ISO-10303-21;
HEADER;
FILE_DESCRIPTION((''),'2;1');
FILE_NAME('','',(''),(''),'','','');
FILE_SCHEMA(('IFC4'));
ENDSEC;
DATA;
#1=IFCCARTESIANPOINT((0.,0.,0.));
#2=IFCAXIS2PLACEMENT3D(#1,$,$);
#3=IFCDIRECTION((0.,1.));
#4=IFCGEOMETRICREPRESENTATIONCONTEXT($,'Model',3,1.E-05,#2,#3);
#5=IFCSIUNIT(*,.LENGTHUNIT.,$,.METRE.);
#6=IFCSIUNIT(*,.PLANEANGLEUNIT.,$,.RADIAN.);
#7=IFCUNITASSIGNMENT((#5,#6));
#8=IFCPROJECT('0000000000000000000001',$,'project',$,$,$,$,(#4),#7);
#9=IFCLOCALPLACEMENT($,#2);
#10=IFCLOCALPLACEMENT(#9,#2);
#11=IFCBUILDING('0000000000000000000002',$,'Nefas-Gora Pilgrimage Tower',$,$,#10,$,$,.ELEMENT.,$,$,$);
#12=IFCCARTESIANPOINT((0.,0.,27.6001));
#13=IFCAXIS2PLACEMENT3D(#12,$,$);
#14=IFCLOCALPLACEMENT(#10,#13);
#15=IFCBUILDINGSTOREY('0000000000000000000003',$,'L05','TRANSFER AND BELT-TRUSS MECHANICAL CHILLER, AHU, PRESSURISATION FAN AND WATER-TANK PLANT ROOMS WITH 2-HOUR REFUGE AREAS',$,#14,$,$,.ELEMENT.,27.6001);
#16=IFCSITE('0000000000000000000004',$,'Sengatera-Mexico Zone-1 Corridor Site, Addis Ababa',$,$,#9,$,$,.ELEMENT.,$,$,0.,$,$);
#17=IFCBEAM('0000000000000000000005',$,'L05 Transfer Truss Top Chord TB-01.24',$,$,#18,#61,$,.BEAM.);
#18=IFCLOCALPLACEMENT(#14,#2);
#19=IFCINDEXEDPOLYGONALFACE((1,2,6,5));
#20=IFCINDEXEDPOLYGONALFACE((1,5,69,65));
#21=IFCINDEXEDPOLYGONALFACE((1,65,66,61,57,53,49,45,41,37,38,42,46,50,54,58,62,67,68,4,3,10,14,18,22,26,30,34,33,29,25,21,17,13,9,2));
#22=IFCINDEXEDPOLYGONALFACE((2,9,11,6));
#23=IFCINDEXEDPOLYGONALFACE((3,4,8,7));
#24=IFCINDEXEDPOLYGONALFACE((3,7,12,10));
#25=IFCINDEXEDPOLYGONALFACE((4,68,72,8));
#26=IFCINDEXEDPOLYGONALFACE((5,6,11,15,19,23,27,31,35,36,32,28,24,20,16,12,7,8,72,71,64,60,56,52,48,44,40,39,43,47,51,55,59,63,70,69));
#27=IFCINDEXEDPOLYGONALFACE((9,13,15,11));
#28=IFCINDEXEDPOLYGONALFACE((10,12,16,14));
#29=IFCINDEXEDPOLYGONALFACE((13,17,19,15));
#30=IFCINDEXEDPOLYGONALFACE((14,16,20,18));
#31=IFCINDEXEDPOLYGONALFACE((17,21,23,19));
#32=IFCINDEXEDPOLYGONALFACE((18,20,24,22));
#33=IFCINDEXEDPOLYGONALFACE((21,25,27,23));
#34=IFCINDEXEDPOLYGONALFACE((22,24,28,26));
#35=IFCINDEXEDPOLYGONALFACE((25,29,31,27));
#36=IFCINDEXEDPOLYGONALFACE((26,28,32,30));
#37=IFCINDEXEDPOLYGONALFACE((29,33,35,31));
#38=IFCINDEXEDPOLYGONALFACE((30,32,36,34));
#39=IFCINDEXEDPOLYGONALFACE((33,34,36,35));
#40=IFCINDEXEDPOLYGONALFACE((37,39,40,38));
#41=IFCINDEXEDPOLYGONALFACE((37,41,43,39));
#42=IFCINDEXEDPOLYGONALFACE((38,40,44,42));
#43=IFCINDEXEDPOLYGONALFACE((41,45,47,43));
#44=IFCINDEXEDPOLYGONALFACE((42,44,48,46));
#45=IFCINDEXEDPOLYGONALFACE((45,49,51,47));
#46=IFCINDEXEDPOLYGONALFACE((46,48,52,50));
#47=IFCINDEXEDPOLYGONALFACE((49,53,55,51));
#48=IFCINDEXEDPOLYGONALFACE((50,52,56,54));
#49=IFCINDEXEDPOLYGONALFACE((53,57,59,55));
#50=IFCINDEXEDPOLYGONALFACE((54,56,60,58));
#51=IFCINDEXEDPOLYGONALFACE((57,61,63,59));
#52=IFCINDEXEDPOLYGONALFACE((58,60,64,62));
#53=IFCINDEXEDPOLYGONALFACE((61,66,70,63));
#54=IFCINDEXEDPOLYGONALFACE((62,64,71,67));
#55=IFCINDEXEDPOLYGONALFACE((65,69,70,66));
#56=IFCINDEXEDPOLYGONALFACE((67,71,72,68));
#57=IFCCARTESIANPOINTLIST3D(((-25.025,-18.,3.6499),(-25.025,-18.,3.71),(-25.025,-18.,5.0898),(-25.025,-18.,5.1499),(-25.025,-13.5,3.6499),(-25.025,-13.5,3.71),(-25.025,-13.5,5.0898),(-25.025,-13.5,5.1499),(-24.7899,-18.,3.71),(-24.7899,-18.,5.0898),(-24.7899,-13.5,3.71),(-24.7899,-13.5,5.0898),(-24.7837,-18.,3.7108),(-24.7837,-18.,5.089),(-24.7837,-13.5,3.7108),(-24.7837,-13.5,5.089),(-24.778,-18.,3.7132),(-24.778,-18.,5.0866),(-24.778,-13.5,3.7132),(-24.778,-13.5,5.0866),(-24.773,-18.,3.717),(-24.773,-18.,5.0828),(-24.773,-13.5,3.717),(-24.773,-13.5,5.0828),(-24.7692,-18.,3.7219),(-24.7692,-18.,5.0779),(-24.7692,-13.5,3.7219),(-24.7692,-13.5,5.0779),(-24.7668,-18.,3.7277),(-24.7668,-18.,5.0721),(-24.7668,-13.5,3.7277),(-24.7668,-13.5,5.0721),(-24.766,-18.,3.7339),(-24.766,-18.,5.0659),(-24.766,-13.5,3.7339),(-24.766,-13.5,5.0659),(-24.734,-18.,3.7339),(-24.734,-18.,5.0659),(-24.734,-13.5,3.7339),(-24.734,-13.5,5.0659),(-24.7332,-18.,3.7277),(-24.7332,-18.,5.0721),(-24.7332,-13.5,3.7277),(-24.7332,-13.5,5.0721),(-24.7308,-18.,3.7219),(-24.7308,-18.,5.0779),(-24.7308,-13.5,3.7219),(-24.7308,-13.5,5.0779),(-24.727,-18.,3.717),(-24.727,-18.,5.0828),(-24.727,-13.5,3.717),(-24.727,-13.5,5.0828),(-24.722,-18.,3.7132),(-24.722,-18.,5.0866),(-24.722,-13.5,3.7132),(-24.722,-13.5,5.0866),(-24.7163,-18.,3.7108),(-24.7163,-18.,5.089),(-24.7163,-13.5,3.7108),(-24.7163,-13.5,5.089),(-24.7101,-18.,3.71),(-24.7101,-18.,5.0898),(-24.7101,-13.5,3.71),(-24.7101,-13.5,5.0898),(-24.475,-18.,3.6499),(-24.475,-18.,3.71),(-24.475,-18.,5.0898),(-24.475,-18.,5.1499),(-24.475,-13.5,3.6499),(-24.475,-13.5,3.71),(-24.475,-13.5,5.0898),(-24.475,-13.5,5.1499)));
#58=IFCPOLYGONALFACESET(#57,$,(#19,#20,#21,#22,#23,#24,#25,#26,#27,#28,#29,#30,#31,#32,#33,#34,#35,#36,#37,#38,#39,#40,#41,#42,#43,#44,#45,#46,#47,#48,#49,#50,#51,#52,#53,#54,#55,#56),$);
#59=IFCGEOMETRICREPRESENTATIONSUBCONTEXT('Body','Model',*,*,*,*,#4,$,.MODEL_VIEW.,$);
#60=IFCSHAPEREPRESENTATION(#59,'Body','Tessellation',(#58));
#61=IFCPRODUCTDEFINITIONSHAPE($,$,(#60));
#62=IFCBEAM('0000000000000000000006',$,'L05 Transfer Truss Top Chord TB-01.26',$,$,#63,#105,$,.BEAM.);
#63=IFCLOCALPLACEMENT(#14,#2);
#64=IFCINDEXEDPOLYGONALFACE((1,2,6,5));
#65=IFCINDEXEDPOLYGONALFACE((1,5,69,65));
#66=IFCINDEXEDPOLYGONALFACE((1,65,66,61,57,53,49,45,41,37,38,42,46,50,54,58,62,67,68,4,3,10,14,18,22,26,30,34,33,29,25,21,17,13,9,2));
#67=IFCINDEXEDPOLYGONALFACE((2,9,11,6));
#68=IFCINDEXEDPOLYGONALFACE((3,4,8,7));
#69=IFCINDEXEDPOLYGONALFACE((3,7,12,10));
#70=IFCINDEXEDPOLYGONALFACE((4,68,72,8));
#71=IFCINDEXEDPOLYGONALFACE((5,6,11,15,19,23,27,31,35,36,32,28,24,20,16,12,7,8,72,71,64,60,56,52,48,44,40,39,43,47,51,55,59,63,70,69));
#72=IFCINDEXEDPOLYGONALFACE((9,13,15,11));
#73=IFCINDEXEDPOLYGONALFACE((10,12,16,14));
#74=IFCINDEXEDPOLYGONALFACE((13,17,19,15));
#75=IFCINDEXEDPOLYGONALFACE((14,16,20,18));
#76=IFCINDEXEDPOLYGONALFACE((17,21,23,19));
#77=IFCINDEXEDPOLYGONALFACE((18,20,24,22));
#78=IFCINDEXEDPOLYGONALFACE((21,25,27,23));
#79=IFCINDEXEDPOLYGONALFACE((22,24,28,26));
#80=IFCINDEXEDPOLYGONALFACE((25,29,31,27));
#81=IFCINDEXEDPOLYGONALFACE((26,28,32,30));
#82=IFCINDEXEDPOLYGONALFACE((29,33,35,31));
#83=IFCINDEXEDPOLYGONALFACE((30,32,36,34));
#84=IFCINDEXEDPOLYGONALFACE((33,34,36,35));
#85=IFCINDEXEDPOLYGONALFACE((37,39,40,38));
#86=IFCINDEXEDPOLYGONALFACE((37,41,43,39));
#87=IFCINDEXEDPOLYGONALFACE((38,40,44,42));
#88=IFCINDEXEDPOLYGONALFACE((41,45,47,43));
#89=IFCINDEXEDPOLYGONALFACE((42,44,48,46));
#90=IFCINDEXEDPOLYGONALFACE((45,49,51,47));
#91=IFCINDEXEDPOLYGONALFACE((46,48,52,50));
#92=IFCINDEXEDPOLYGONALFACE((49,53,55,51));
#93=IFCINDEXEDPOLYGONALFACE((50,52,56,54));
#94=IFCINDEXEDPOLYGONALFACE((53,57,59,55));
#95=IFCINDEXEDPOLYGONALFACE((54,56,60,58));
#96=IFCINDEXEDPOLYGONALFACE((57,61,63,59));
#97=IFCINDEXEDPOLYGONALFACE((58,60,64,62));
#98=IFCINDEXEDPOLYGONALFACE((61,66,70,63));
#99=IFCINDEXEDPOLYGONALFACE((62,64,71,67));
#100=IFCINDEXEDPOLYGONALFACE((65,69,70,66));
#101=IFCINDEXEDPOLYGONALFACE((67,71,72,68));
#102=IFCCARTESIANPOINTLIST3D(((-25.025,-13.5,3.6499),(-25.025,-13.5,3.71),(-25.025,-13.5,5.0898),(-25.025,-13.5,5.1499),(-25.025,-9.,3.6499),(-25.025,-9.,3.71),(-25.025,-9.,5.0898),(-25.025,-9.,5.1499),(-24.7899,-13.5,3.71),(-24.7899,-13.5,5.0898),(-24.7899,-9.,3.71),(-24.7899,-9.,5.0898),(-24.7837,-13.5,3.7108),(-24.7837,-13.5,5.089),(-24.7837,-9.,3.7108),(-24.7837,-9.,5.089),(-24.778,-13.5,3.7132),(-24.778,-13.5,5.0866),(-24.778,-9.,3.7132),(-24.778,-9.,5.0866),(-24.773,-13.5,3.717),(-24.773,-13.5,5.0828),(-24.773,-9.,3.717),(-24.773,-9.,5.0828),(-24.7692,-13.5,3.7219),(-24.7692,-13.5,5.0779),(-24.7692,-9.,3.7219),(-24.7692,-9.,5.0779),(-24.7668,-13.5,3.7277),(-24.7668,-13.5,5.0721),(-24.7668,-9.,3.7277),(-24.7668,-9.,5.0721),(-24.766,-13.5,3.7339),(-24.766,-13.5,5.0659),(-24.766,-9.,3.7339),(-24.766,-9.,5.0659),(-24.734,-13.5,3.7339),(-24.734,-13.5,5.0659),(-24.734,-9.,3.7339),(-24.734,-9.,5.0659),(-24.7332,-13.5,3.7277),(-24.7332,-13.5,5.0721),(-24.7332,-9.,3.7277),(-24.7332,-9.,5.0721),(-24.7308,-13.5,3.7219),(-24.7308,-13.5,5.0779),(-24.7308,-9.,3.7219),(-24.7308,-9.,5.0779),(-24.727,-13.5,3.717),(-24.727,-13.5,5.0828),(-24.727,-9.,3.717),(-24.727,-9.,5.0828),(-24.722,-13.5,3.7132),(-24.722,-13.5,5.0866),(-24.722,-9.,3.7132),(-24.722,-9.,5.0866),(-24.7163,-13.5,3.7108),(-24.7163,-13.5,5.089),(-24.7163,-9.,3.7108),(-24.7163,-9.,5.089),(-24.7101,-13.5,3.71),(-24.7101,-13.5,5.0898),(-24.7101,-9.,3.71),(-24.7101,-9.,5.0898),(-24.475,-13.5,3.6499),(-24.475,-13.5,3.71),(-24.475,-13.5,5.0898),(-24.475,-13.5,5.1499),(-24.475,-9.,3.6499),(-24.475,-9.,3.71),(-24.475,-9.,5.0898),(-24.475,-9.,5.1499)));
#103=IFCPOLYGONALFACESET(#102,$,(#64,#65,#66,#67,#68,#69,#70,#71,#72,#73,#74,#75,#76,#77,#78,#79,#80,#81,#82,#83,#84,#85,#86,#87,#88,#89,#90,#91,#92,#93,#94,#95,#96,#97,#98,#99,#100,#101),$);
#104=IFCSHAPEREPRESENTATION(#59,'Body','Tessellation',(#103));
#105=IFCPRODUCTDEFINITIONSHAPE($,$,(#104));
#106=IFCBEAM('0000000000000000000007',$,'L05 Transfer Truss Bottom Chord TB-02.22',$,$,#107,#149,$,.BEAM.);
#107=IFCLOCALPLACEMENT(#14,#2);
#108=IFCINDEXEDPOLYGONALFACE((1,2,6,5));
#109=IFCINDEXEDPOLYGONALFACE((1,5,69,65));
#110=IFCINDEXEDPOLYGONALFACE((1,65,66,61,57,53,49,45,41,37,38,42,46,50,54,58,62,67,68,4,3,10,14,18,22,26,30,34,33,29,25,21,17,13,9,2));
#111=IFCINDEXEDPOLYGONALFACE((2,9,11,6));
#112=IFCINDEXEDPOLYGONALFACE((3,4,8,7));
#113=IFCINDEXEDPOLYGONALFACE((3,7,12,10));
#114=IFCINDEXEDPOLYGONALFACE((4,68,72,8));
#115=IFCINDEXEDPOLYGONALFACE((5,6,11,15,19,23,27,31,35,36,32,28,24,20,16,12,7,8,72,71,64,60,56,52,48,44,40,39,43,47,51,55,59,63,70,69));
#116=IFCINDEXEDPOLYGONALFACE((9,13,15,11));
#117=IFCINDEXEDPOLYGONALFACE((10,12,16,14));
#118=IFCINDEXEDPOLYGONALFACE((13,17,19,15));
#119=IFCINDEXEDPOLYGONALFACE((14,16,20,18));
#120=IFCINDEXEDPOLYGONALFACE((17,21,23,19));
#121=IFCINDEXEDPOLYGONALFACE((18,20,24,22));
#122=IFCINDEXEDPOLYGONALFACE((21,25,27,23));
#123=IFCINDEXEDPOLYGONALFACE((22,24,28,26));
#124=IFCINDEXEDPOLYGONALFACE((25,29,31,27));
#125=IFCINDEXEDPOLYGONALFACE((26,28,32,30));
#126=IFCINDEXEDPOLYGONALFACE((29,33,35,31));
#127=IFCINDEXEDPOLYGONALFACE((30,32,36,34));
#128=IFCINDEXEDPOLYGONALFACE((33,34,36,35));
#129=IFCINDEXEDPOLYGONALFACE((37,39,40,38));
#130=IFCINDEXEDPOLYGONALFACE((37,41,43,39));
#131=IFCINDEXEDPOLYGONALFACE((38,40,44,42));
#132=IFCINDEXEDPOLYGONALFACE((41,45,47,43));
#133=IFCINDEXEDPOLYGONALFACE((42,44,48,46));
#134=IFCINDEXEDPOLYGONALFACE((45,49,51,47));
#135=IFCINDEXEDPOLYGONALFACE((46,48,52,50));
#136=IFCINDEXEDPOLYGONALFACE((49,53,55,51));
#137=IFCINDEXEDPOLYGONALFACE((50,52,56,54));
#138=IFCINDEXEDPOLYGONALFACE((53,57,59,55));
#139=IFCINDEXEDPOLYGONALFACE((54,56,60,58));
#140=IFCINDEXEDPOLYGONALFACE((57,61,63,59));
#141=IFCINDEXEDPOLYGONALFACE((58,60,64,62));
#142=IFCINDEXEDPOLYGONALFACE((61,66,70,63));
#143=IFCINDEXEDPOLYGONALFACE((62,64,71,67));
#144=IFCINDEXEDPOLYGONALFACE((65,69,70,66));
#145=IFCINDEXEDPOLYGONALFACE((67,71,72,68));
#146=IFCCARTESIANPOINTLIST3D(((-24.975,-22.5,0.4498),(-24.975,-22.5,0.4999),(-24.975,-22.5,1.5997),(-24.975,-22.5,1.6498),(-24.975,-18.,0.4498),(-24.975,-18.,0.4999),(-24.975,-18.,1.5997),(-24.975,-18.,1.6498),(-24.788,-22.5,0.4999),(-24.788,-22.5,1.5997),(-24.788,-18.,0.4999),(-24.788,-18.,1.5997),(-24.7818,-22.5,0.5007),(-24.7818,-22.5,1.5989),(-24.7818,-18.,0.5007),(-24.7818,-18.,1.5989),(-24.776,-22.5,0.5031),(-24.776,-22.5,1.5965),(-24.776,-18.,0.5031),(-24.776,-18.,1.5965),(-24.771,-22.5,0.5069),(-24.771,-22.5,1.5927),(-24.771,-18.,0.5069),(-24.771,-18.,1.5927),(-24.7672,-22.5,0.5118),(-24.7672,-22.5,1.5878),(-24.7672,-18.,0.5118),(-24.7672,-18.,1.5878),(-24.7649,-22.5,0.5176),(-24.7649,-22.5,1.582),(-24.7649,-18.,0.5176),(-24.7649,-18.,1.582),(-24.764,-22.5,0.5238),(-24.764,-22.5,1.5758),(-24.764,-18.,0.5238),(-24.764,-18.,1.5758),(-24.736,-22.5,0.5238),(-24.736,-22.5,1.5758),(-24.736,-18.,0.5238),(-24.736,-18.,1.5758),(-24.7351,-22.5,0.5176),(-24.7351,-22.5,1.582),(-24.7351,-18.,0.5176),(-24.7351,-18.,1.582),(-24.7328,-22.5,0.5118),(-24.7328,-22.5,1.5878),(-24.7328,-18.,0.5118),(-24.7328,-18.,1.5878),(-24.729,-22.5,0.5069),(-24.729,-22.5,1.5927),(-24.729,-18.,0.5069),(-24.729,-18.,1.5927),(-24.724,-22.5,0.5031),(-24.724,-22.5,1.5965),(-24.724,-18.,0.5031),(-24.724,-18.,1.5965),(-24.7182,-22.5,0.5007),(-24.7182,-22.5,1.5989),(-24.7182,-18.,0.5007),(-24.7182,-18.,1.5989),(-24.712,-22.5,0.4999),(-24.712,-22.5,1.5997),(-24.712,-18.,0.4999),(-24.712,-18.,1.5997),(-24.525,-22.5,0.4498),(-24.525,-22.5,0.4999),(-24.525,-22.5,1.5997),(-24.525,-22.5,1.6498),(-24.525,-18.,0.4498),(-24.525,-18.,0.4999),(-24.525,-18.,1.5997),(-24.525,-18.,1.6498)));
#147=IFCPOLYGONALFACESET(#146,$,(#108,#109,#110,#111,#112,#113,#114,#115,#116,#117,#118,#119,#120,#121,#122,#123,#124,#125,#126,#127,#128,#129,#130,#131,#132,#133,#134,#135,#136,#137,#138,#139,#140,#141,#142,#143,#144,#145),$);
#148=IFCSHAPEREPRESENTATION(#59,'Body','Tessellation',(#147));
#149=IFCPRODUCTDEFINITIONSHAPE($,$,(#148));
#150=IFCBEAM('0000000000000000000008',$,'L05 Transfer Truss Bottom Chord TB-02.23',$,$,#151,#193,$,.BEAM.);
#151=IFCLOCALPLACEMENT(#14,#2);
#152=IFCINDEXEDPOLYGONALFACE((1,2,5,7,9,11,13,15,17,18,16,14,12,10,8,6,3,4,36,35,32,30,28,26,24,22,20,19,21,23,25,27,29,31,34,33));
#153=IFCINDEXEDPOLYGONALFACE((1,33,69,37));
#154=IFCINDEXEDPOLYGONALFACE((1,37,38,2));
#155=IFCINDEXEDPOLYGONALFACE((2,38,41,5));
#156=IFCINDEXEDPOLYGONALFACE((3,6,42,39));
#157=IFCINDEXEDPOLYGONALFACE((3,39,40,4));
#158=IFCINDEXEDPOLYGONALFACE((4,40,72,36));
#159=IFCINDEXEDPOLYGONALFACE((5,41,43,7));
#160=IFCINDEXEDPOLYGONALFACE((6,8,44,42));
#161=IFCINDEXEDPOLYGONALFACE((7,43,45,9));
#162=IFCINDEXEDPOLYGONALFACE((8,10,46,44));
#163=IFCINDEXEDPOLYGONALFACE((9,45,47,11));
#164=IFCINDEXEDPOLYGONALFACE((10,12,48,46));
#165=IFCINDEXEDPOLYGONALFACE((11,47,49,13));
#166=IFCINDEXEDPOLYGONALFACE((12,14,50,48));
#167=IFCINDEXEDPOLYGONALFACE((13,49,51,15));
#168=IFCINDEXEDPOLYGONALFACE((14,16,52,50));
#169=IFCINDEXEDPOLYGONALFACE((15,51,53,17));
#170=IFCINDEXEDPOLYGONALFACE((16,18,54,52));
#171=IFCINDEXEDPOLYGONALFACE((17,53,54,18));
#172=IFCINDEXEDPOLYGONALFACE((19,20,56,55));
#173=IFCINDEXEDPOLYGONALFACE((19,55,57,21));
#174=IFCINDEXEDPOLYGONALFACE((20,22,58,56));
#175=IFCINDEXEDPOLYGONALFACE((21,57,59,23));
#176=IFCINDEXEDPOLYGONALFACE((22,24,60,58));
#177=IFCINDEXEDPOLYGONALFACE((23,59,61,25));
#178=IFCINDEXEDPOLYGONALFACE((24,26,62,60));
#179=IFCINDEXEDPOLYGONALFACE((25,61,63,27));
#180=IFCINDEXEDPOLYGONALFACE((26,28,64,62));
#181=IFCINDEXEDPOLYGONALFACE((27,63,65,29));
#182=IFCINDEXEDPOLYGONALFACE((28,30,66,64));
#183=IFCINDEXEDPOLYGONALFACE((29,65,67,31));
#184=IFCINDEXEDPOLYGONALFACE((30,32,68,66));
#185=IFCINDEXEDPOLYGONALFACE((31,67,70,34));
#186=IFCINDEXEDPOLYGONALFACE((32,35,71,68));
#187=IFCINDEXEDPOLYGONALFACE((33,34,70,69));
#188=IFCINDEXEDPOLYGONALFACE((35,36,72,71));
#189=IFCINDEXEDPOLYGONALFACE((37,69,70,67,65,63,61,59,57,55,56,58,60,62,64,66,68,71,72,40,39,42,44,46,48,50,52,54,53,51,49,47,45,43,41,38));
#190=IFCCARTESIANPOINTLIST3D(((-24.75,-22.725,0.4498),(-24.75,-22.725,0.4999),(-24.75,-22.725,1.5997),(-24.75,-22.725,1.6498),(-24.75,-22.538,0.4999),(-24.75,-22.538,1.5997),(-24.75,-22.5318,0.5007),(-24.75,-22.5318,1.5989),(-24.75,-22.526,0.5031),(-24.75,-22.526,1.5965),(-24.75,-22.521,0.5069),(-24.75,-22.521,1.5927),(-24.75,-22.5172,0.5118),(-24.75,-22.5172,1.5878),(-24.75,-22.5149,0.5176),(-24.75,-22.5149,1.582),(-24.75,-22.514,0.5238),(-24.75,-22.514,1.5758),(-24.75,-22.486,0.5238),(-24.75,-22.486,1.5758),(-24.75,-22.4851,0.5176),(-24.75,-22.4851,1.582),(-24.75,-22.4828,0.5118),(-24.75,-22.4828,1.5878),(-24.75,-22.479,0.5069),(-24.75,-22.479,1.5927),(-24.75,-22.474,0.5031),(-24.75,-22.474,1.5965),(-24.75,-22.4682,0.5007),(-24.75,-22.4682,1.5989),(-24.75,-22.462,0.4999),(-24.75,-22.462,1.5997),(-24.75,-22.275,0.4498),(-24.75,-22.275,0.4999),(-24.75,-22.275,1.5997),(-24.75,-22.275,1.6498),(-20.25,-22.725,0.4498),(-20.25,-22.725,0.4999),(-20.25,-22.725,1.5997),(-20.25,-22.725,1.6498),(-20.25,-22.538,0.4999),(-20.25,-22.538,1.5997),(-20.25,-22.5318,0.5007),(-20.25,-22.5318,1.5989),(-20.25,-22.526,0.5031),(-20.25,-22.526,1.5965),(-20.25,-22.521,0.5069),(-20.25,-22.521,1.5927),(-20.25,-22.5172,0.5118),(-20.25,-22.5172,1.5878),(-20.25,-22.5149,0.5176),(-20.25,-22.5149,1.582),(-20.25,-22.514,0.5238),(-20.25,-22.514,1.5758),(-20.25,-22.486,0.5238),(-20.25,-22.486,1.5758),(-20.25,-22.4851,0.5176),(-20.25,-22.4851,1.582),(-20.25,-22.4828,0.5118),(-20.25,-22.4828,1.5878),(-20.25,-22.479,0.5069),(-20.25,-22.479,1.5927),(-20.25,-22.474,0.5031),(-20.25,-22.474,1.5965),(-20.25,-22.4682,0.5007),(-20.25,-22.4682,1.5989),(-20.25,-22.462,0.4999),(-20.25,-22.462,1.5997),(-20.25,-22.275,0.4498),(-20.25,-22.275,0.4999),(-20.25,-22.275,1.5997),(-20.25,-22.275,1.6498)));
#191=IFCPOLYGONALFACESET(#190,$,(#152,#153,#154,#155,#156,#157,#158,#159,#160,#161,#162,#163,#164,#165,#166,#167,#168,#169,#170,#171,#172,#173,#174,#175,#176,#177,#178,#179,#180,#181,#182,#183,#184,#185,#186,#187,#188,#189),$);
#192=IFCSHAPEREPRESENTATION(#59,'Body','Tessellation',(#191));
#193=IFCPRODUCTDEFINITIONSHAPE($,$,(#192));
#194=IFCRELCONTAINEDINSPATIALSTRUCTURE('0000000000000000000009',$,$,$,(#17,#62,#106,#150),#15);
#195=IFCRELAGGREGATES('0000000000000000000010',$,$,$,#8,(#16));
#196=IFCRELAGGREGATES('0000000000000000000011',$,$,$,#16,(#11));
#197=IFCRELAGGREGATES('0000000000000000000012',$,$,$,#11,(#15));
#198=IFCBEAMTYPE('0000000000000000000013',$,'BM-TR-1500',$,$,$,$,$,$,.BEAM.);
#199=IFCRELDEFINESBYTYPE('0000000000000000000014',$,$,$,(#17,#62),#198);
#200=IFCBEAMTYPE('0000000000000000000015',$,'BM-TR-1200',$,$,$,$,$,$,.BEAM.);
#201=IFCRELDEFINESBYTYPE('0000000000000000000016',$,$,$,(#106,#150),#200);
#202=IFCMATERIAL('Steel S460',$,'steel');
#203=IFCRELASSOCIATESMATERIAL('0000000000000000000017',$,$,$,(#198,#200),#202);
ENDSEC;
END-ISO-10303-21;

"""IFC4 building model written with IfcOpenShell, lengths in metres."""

from ifc_helpers import new_model, si_unit, direction, frame, origin, origin_2d, place, context, subcontext, project, spatial, i_section, extrude, source, transform, mapped, material, material_profile, profile_set, type_object, element, save


model = new_model("IFC4")

# Units and contexts
model_context = context("Model", 3, precision=1e-05, world=origin(), true_north=direction((0.0, 1.0)))
body_context = subcontext(model_context, "Body", "Model", "MODEL_VIEW")
ifc_project = project(units=[si_unit("LENGTHUNIT", "METRE"), si_unit("PLANEANGLEUNIT", "RADIAN")], contexts=[model_context])

# Site, building, storey
site_placement = place(None, origin())
site = spatial("IfcSite", under=ifc_project, at=site_placement, Name="Sengatera-Mexico Zone-1 Corridor Site, Addis Ababa", CompositionType="ELEMENT", RefElevation=0.0)
building_placement = place(site_placement, origin())
building = spatial("IfcBuilding", under=site, at=building_placement, Name="Nefas-Gora Pilgrimage Tower", CompositionType="ELEMENT")
storey_placement = place(building_placement, frame((0.0, 0.0, 27.6001)))
storey = spatial("IfcBuildingStorey", under=building, at=storey_placement, Name="L05", Description="TRANSFER AND BELT-TRUSS MECHANICAL CHILLER, AHU, PRESSURISATION FAN AND WATER-TANK PLANT ROOMS WITH 2-HOUR REFUGE AREAS", CompositionType="ELEMENT", Elevation=27.6001)

# Shared definitions
ifc_material = material(Name="Steel S460", Category="steel")

# Shared definitions
ifc_material_profile_1 = material_profile(ifc_material, i_section(OverallWidth=0.55, OverallDepth=1.5, WebThickness=0.032, FlangeThickness=0.0601, FilletRadius=0.0239, at=origin_2d()), Name="WPG 1500x550x32x60")
ifc_profile_set_1 = profile_set([ifc_material_profile_1], Name="Steel S460")
beam_type_1 = type_object("IfcBeamType", Name="BM-TR-1500", PredefinedType="BEAM", material=ifc_profile_set_1)
ifc_material_profile_2 = material_profile(ifc_material, i_section(OverallWidth=0.45, OverallDepth=1.2, WebThickness=0.0281, FlangeThickness=0.05, FilletRadius=0.0239, at=origin_2d()), Name="WPG 1200x450x28x50")
ifc_profile_set_2 = profile_set([ifc_material_profile_2], Name="Steel S460")
beam_type_2 = type_object("IfcBeamType", Name="BM-TR-1200", PredefinedType="BEAM", material=ifc_profile_set_2)

# Beams
shared_shape_1 = source(origin(), body_context, "Body", "SweptSolid", [
    extrude(i_section(OverallWidth=0.55, OverallDepth=1.5, WebThickness=0.032, FlangeThickness=0.0601, FilletRadius=0.0239, at=origin_2d()), origin(), (0.0, 0.0, 1.0), 4.5),
])
for number, where, z_axis, x_axis, name in (
    (1, (-24.75, -18.0, 4.3999), (0.0, 1.0, 0.0), (-1.0, 0.0, 0.0), "L05 Transfer Truss Top Chord TB-01.24"),
    (2, (-24.75, -13.5, 4.3999), (0.0, 1.0, 0.0), (-1.0, 0.0, 0.0), "L05 Transfer Truss Top Chord TB-01.26"),
):
    element("IfcBeam", number, at=place(storey_placement, frame(where, z_axis=z_axis, x_axis=x_axis)), inside=storey, type_object=beam_type_1, Name=name, PredefinedType="BEAM", context=body_context, shape_type="MappedRepresentation", body=[
        mapped(shared_shape_1, transform((0.0, 0.0, 0.0), x_axis=(1.0, 0.0, 0.0), y_axis=(0.0, 1.0, 0.0), z_axis=(0.0, 0.0, 1.0), scale=1.0)),
    ])
shared_shape_2 = source(origin(), body_context, "Body", "SweptSolid", [
    extrude(i_section(OverallWidth=0.45, OverallDepth=1.2, WebThickness=0.0281, FlangeThickness=0.05, FilletRadius=0.0239, at=origin_2d()), origin(), (0.0, 0.0, 1.0), 4.5),
])
for number, where, z_axis, x_axis, name in (
    (3, (-24.75, -22.5, 1.0498), (0.0, 1.0, 0.0), (-1.0, 0.0, 0.0), "L05 Transfer Truss Bottom Chord TB-02.22"),
    (4, (-24.75, -22.5, 1.0498), (1.0, 0.0, 0.0), (0.0, 1.0, 0.0), "L05 Transfer Truss Bottom Chord TB-02.23"),
):
    element("IfcBeam", number, at=place(storey_placement, frame(where, z_axis=z_axis, x_axis=x_axis)), inside=storey, type_object=beam_type_2, Name=name, PredefinedType="BEAM", context=body_context, shape_type="MappedRepresentation", body=[
        mapped(shared_shape_2, transform((0.0, 0.0, 0.0), x_axis=(1.0, 0.0, 0.0), y_axis=(0.0, 1.0, 0.0), z_axis=(0.0, 0.0, 1.0), scale=1.0)),
    ])

save(model, "model.ifc")
